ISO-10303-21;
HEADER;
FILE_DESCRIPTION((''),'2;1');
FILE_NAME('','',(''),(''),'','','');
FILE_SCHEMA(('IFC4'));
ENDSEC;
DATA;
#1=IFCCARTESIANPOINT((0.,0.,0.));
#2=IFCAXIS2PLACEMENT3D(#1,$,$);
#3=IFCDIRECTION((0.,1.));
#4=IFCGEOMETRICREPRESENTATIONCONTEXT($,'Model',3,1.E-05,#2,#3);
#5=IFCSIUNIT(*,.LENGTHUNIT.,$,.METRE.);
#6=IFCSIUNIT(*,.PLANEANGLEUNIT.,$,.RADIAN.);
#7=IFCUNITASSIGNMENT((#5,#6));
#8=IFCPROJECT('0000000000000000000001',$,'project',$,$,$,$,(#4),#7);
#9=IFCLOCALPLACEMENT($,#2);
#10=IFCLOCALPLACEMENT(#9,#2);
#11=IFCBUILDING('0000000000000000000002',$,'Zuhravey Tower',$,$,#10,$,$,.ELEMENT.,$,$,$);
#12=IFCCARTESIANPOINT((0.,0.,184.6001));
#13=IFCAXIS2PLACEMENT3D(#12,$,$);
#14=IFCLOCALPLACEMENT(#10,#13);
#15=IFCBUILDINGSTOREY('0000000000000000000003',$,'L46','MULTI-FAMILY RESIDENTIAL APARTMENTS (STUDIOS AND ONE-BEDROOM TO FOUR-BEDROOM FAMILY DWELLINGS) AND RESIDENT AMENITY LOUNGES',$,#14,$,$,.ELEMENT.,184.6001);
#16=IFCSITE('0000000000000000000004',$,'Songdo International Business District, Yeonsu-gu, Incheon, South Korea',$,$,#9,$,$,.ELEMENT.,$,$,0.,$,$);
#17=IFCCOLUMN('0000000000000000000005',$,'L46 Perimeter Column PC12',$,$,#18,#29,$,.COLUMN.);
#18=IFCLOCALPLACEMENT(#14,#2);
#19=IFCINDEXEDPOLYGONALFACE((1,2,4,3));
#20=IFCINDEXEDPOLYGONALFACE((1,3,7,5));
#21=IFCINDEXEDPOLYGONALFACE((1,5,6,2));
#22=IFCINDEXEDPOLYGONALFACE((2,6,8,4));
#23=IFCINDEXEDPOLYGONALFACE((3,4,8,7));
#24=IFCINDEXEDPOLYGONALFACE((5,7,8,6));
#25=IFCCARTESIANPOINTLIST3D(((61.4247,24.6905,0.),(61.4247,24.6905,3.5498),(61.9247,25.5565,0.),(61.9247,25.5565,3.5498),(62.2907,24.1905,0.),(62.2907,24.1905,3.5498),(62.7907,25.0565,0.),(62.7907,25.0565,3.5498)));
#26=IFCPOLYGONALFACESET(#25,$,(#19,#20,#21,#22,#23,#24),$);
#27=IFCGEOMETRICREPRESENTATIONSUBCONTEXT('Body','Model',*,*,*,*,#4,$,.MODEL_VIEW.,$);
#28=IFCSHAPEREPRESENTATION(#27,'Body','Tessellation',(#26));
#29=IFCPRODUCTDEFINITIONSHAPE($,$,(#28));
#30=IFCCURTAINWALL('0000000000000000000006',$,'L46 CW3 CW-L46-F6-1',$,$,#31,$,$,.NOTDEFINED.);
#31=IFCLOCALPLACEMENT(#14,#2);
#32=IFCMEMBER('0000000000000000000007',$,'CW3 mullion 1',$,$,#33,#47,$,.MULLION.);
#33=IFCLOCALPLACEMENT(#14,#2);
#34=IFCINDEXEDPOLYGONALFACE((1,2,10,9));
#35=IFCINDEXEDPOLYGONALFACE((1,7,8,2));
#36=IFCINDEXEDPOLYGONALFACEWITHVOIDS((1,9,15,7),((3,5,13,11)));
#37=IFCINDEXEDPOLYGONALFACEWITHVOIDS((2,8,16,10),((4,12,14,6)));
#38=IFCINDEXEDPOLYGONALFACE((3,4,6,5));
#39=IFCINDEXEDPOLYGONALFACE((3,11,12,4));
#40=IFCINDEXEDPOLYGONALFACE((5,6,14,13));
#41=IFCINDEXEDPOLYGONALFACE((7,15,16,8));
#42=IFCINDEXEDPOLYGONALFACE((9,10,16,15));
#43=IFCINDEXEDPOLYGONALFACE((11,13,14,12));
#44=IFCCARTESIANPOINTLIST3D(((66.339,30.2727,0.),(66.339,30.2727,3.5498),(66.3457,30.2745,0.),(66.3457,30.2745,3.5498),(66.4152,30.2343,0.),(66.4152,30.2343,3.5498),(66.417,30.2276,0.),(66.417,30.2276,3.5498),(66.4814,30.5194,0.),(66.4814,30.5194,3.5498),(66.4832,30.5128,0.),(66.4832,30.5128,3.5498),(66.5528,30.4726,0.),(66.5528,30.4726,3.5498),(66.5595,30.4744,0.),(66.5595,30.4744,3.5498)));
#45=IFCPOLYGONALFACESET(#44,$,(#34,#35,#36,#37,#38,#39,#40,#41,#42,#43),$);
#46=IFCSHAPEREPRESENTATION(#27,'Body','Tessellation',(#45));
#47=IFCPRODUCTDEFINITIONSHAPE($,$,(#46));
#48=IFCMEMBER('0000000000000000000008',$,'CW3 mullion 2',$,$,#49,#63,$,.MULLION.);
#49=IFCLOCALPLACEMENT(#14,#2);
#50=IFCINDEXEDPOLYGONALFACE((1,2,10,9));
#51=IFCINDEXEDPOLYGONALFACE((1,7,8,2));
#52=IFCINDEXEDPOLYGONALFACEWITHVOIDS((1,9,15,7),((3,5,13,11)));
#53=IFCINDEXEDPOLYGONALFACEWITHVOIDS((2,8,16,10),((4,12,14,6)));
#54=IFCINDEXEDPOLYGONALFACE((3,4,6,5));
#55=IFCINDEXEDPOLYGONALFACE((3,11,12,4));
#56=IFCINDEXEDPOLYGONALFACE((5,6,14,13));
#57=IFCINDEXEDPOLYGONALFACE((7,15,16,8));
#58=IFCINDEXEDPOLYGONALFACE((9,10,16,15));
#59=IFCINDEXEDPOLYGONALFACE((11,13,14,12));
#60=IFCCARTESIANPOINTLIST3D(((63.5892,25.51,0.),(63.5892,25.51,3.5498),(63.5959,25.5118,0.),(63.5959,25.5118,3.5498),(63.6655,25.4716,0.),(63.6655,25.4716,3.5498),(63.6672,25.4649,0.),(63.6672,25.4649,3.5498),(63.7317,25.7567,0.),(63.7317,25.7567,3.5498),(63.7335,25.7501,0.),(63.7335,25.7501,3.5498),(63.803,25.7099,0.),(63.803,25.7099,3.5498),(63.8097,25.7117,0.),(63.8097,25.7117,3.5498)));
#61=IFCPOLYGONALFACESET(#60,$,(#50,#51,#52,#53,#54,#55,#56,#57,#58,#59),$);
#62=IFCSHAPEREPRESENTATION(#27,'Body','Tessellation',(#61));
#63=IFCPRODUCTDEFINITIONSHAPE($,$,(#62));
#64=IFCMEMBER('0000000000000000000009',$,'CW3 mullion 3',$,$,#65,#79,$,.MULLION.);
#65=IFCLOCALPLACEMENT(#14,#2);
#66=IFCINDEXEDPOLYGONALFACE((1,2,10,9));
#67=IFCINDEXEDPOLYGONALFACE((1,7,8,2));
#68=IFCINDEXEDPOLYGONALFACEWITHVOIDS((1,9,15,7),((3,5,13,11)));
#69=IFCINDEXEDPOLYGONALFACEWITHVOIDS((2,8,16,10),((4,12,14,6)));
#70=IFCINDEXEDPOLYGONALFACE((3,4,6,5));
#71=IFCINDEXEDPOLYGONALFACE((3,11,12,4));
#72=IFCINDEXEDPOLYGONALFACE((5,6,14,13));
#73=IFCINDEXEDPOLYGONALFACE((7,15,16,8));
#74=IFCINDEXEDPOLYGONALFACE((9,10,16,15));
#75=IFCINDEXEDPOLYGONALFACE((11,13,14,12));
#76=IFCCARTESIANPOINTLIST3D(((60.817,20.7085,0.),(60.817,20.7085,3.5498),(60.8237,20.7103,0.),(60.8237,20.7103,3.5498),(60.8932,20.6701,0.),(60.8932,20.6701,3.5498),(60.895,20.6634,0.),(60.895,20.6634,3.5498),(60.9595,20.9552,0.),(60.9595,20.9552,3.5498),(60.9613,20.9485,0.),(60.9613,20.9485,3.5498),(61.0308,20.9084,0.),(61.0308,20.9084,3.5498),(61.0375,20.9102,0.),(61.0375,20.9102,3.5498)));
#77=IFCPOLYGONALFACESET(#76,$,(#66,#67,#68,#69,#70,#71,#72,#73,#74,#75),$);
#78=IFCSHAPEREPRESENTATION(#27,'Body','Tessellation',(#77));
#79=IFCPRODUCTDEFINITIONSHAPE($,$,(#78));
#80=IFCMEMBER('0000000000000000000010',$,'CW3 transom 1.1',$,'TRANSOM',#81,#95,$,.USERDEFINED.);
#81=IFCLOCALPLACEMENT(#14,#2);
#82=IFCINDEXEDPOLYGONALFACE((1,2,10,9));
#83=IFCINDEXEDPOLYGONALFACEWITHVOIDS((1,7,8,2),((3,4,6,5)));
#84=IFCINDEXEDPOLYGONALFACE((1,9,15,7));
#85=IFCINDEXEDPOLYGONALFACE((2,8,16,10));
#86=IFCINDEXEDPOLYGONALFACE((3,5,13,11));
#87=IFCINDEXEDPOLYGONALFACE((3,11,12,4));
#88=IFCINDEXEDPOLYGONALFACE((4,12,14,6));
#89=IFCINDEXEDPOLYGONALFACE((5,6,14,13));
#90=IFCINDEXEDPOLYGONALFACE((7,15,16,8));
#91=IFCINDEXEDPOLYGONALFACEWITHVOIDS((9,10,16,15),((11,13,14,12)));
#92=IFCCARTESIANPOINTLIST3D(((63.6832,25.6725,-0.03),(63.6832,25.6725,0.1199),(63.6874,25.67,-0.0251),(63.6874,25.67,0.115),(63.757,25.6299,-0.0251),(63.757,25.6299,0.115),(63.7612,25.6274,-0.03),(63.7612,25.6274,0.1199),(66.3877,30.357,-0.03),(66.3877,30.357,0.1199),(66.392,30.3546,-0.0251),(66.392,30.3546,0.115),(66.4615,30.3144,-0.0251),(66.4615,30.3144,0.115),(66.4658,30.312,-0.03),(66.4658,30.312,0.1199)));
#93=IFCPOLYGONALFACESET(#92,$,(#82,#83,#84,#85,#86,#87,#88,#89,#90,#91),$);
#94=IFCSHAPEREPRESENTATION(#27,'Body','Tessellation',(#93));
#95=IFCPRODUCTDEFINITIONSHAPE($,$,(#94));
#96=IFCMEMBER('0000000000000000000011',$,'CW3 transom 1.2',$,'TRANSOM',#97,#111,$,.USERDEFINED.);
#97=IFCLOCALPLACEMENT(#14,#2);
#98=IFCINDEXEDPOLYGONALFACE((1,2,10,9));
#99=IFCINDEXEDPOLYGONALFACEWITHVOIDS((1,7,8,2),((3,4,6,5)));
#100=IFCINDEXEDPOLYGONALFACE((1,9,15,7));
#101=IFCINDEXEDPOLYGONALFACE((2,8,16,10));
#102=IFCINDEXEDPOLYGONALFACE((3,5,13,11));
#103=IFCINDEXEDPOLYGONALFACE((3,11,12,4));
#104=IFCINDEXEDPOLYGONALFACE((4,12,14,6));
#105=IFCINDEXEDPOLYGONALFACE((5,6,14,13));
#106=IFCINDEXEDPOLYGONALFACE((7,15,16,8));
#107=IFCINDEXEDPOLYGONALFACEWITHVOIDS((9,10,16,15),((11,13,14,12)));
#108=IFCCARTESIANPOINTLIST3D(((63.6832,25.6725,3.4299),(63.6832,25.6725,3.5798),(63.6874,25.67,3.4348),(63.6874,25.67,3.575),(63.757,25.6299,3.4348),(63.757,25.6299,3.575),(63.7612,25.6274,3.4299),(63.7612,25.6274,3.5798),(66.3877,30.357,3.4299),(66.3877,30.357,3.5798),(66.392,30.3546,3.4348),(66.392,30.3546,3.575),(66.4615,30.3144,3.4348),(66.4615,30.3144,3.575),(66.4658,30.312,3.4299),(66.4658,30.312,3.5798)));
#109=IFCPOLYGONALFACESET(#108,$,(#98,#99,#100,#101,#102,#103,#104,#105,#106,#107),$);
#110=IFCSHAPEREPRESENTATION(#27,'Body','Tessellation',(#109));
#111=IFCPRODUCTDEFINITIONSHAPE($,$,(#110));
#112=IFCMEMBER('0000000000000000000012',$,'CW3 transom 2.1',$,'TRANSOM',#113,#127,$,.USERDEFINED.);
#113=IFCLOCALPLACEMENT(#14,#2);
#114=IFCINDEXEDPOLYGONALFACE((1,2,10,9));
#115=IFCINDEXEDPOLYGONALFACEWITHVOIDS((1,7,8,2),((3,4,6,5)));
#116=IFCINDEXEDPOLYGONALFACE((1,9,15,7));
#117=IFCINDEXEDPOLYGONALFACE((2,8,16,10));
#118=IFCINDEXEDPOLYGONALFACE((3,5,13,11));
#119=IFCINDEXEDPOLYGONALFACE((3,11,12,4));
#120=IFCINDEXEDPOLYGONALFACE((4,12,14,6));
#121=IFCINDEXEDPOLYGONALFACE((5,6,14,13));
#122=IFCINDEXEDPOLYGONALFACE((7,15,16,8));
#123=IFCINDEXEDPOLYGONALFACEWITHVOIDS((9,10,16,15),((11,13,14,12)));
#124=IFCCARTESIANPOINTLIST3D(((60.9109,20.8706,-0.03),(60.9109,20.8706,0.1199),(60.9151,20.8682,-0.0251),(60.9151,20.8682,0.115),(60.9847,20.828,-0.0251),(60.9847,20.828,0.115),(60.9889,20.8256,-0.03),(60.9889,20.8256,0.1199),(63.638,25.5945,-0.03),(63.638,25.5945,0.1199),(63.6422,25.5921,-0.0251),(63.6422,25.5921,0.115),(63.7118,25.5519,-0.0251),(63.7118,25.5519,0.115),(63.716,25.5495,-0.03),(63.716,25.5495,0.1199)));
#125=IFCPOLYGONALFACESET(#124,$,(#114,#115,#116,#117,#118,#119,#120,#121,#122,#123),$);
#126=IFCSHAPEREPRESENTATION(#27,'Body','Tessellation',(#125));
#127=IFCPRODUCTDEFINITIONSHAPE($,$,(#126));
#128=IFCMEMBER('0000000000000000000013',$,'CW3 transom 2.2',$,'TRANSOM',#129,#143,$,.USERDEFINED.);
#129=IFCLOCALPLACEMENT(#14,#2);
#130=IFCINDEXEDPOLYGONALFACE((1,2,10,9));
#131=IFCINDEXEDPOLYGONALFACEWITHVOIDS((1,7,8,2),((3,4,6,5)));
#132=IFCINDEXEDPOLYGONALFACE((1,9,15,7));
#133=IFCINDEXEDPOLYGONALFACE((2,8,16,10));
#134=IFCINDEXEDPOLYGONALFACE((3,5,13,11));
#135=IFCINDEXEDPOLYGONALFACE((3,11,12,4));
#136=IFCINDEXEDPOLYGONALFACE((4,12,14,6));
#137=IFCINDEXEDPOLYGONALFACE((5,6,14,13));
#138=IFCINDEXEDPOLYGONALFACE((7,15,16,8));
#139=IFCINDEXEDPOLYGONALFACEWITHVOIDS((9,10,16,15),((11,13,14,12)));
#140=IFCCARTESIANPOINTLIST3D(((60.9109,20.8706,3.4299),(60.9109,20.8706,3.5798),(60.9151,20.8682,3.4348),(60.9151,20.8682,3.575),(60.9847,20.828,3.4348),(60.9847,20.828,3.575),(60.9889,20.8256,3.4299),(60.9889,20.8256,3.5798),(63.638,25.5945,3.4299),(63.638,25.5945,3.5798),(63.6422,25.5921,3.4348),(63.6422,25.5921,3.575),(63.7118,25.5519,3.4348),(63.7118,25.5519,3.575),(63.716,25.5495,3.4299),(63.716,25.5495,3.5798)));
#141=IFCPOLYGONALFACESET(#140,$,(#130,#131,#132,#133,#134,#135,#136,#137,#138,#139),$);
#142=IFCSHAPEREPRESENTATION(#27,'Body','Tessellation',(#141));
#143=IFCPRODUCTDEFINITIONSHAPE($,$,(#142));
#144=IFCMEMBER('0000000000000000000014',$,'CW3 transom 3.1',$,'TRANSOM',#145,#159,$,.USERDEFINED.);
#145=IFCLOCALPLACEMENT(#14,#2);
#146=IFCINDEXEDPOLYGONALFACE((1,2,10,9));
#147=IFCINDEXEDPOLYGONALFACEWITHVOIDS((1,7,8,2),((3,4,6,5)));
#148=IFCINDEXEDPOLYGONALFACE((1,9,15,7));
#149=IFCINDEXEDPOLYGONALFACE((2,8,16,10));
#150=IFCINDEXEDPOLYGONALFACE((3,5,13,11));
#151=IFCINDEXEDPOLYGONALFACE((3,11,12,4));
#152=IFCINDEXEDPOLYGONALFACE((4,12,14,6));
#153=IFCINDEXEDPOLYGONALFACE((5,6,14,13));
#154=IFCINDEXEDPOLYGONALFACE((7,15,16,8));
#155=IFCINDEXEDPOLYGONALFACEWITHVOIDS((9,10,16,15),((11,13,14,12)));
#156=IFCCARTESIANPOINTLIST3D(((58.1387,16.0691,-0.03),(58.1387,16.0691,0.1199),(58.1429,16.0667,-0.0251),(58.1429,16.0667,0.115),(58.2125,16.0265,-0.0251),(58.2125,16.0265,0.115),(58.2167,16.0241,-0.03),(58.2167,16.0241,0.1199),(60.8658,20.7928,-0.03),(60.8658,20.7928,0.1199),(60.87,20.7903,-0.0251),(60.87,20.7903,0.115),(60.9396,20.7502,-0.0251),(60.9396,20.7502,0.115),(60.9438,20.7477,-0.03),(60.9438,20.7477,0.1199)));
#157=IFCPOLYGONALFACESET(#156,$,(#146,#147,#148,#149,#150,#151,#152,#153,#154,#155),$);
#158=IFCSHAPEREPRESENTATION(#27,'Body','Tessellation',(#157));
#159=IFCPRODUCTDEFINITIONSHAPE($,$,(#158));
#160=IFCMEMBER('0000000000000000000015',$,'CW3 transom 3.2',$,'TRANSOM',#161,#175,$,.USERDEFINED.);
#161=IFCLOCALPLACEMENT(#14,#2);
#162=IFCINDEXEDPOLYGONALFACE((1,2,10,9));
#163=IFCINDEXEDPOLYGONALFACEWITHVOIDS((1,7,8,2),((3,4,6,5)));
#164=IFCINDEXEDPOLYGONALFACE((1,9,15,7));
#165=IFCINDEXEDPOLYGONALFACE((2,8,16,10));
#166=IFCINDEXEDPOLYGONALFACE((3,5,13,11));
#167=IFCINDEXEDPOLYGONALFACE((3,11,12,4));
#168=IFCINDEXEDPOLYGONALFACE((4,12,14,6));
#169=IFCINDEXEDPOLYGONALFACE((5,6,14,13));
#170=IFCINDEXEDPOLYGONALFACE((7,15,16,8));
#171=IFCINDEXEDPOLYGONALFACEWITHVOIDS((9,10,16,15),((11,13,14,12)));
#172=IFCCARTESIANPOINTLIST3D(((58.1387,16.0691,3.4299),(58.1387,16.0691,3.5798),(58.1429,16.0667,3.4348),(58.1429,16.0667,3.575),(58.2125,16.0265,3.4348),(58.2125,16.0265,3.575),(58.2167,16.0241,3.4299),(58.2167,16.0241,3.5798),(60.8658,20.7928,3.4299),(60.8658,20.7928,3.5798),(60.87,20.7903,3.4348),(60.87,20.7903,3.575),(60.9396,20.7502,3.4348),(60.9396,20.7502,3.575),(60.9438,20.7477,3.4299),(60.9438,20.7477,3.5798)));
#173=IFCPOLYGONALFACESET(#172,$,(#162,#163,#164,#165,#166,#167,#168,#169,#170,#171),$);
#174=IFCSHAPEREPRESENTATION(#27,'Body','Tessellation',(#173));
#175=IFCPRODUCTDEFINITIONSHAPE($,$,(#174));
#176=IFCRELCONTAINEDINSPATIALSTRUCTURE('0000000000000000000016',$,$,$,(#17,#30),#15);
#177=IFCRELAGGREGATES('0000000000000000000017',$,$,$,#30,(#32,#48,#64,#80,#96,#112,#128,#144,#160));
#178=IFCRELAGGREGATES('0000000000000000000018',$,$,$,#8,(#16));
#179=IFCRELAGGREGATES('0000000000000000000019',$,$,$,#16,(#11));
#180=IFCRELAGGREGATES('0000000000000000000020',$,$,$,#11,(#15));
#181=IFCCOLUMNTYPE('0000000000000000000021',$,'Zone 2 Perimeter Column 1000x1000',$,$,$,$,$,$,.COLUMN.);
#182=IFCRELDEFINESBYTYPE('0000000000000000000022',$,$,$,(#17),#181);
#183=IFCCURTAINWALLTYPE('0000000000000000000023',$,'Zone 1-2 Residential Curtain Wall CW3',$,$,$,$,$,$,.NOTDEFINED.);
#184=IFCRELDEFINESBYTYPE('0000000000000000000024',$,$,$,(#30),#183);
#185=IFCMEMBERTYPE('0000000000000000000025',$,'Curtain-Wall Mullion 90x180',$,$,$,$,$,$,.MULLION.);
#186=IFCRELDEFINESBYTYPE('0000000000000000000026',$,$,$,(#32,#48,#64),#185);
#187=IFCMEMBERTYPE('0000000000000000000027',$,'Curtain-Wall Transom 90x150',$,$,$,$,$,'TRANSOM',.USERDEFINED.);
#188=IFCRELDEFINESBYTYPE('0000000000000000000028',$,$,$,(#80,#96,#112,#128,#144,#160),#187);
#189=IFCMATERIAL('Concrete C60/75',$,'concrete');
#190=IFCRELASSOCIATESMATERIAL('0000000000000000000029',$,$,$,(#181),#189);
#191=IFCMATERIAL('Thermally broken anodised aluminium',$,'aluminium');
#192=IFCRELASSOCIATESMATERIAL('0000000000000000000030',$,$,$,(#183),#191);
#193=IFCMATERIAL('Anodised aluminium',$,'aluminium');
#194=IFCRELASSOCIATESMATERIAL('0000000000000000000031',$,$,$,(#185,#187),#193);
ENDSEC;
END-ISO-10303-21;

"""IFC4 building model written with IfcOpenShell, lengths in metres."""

from ifc_helpers import new_model, si_unit, direction, frame, origin, origin_2d, place, context, subcontext, project, spatial, rectangle, hollow_rectangle, extrude, material, material_profile, profile_set, type_object, element, aggregate, save


model = new_model("IFC4")

# Units and contexts
model_context = context("Model", 3, precision=1e-05, world=origin(), true_north=direction((0.0, 1.0)))
body_context = subcontext(model_context, "Body", "Model", "MODEL_VIEW")
ifc_project = project(units=[si_unit("LENGTHUNIT", "METRE"), si_unit("PLANEANGLEUNIT", "RADIAN")], contexts=[model_context])

# Site, building, storey
site_placement = place(None, origin())
site = spatial("IfcSite", under=ifc_project, at=site_placement, Name="Songdo International Business District, Yeonsu-gu, Incheon, South Korea", CompositionType="ELEMENT", RefElevation=0.0)
building_placement = place(site_placement, origin())
building = spatial("IfcBuilding", under=site, at=building_placement, Name="Zuhravey Tower", CompositionType="ELEMENT")
storey_placement = place(building_placement, frame((0.0, 0.0, 184.6001)))
storey = spatial("IfcBuildingStorey", under=building, at=storey_placement, Name="L46", Description="MULTI-FAMILY RESIDENTIAL APARTMENTS (STUDIOS AND ONE-BEDROOM TO FOUR-BEDROOM FAMILY DWELLINGS) AND RESIDENT AMENITY LOUNGES", CompositionType="ELEMENT", Elevation=184.6001)

# Column
ifc_material_1 = material(Name="Concrete C60/75", Category="concrete")
ifc_material_profile_1 = material_profile(ifc_material_1, rectangle(XDim=1.0, YDim=1.0, at=origin_2d()), Name="RC-1000x1000")
ifc_profile_set_1 = profile_set([ifc_material_profile_1], Name="Concrete C60/75")
column_type = type_object("IfcColumnType", Name="Zone 2 Perimeter Column 1000x1000", PredefinedType="COLUMN", material=ifc_profile_set_1)
column_placement = place(storey_placement, frame((62.1077, 24.8735, 0.0), z_axis=(0.0, 0.0, 1.0), x_axis=(0.5, 0.866025, 0.0)))
element("IfcColumn", 1, at=column_placement, inside=storey, type_object=column_type, Name="L46 Perimeter Column PC12", PredefinedType="COLUMN", context=body_context, shape_type="SweptSolid", body=[
    extrude(rectangle(XDim=1.0, YDim=1.0, at=origin_2d()), origin(), (0.0, 0.0, 1.0), 3.5498),
])

# Curtain wall, members
ifc_material_2 = material(Name="Thermally broken anodised aluminium", Category="aluminium")
curtain_wall_type = type_object("IfcCurtainWallType", Name="Zone 1-2 Residential Curtain Wall CW3", PredefinedType="NOTDEFINED", material=ifc_material_2)
curtain_wall_placement = place(storey_placement, origin())
curtain_wall = element("IfcCurtainWall", 2, at=curtain_wall_placement, inside=storey, type_object=curtain_wall_type, Name="L46 CW3 CW-L46-F6-1", PredefinedType="NOTDEFINED")
ifc_material_3 = material(Name="Anodised aluminium", Category="aluminium")
ifc_material_profile_2 = material_profile(ifc_material_3, hollow_rectangle(XDim=0.0901, YDim=0.2849, WallThickness=0.0049, at=origin_2d()), Name="ALU-RHS-90x285x5")
ifc_profile_set_2 = profile_set([ifc_material_profile_2], Name="Anodised aluminium")
member_type_1 = type_object("IfcMemberType", Name="Curtain-Wall Mullion 90x180", PredefinedType="MULLION", material=ifc_profile_set_2)
member_1_placement = place(storey_placement, frame((66.4492, 30.3735, 0.0), z_axis=(0.0, 0.0, 1.0), x_axis=(0.866025, -0.5, 0.0)))
member_1 = element("IfcMember", 3, at=member_1_placement, type_object=member_type_1, Name="CW3 mullion 1", PredefinedType="MULLION", context=body_context, shape_type="SweptSolid", body=[
    extrude(hollow_rectangle(XDim=0.0901, YDim=0.2849, WallThickness=0.0049, at=origin_2d()), origin(), (0.0, 0.0, 1.0), 3.5498),
])
member_2_placement = place(storey_placement, frame((63.6995, 25.6108, 0.0), z_axis=(0.0, 0.0, 1.0), x_axis=(0.866025, -0.5, 0.0)))
member_2 = element("IfcMember", 4, at=member_2_placement, type_object=member_type_1, Name="CW3 mullion 2", PredefinedType="MULLION", context=body_context, shape_type="SweptSolid", body=[
    extrude(hollow_rectangle(XDim=0.0901, YDim=0.2849, WallThickness=0.0049, at=origin_2d()), origin(), (0.0, 0.0, 1.0), 3.5498),
])
member_3_placement = place(storey_placement, frame((60.9272, 20.8093, 0.0), z_axis=(0.0, 0.0, 1.0), x_axis=(0.866025, -0.5, 0.0)))
member_3 = element("IfcMember", 5, at=member_3_placement, type_object=member_type_1, Name="CW3 mullion 3", PredefinedType="MULLION", context=body_context, shape_type="SweptSolid", body=[
    extrude(hollow_rectangle(XDim=0.0901, YDim=0.2849, WallThickness=0.0049, at=origin_2d()), origin(), (0.0, 0.0, 1.0), 3.5498),
])
ifc_material_profile_3 = material_profile(ifc_material_3, hollow_rectangle(XDim=0.0901, YDim=0.1499, WallThickness=0.0049, at=origin_2d()), Name="ALU-RHS-90x150x5")
ifc_profile_set_3 = profile_set([ifc_material_profile_3], Name="Anodised aluminium")
member_type_2 = type_object("IfcMemberType", Name="Curtain-Wall Transom 90x150", ElementType="TRANSOM", PredefinedType="USERDEFINED", material=ifc_profile_set_3)
member_4_placement = place(storey_placement, frame((66.4268, 30.3345, 0.0449), z_axis=(-0.499993, -0.866029, 0.0), x_axis=(0.866029, -0.499993, 0.0)))
member_4 = element("IfcMember", 6, at=member_4_placement, type_object=member_type_2, Name="CW3 transom 1.1", ObjectType="TRANSOM", PredefinedType="USERDEFINED", context=body_context, shape_type="SweptSolid", body=[
    extrude(hollow_rectangle(XDim=0.0901, YDim=0.1499, WallThickness=0.0049, at=origin_2d()), origin(), (0.0, 0.0, 1.0), 5.4092),
])
member_5_placement = place(storey_placement, frame((66.4268, 30.3345, 3.5049), z_axis=(-0.499993, -0.866029, 0.0), x_axis=(0.866029, -0.499993, 0.0)))
member_5 = element("IfcMember", 7, at=member_5_placement, type_object=member_type_2, Name="CW3 transom 1.2", ObjectType="TRANSOM", PredefinedType="USERDEFINED", context=body_context, shape_type="SweptSolid", body=[
    extrude(hollow_rectangle(XDim=0.0901, YDim=0.1499, WallThickness=0.0049, at=origin_2d()), origin(), (0.0, 0.0, 1.0), 5.4092),
])
member_6_placement = place(storey_placement, frame((63.677, 25.572, 0.0449), z_axis=(-0.499961, -0.866048, 0.0), x_axis=(0.866048, -0.499961, 0.0)))
member_6 = element("IfcMember", 8, at=member_6_placement, type_object=member_type_2, Name="CW3 transom 2.1", ObjectType="TRANSOM", PredefinedType="USERDEFINED", context=body_context, shape_type="SweptSolid", body=[
    extrude(hollow_rectangle(XDim=0.0901, YDim=0.1499, WallThickness=0.0049, at=origin_2d()), origin(), (0.0, 0.0, 1.0), 5.4546),
])
member_7_placement = place(storey_placement, frame((63.677, 25.572, 3.5049), z_axis=(-0.499961, -0.866048, 0.0), x_axis=(0.866048, -0.499961, 0.0)))
member_7 = element("IfcMember", 9, at=member_7_placement, type_object=member_type_2, Name="CW3 transom 2.2", ObjectType="TRANSOM", PredefinedType="USERDEFINED", context=body_context, shape_type="SweptSolid", body=[
    extrude(hollow_rectangle(XDim=0.0901, YDim=0.1499, WallThickness=0.0049, at=origin_2d()), origin(), (0.0, 0.0, 1.0), 5.4546),
])
member_8_placement = place(storey_placement, frame((60.9048, 20.7703, 0.0449), z_axis=(-0.499981, -0.866037, 0.0), x_axis=(0.866037, -0.499981, 0.0)))
member_8 = element("IfcMember", 10, at=member_8_placement, type_object=member_type_2, Name="CW3 transom 3.1", ObjectType="TRANSOM", PredefinedType="USERDEFINED", context=body_context, shape_type="SweptSolid", body=[
    extrude(hollow_rectangle(XDim=0.0901, YDim=0.1499, WallThickness=0.0049, at=origin_2d()), origin(), (0.0, 0.0, 1.0), 5.4543),
])
member_9_placement = place(storey_placement, frame((60.9048, 20.7703, 3.5049), z_axis=(-0.499981, -0.866037, 0.0), x_axis=(0.866037, -0.499981, 0.0)))
member_9 = element("IfcMember", 11, at=member_9_placement, type_object=member_type_2, Name="CW3 transom 3.2", ObjectType="TRANSOM", PredefinedType="USERDEFINED", context=body_context, shape_type="SweptSolid", body=[
    extrude(hollow_rectangle(XDim=0.0901, YDim=0.1499, WallThickness=0.0049, at=origin_2d()), origin(), (0.0, 0.0, 1.0), 5.4543),
])

aggregate(curtain_wall, [member_1, member_2, member_3, member_4, member_5, member_6, member_7, member_8, member_9])

save(model, "model.ifc")
